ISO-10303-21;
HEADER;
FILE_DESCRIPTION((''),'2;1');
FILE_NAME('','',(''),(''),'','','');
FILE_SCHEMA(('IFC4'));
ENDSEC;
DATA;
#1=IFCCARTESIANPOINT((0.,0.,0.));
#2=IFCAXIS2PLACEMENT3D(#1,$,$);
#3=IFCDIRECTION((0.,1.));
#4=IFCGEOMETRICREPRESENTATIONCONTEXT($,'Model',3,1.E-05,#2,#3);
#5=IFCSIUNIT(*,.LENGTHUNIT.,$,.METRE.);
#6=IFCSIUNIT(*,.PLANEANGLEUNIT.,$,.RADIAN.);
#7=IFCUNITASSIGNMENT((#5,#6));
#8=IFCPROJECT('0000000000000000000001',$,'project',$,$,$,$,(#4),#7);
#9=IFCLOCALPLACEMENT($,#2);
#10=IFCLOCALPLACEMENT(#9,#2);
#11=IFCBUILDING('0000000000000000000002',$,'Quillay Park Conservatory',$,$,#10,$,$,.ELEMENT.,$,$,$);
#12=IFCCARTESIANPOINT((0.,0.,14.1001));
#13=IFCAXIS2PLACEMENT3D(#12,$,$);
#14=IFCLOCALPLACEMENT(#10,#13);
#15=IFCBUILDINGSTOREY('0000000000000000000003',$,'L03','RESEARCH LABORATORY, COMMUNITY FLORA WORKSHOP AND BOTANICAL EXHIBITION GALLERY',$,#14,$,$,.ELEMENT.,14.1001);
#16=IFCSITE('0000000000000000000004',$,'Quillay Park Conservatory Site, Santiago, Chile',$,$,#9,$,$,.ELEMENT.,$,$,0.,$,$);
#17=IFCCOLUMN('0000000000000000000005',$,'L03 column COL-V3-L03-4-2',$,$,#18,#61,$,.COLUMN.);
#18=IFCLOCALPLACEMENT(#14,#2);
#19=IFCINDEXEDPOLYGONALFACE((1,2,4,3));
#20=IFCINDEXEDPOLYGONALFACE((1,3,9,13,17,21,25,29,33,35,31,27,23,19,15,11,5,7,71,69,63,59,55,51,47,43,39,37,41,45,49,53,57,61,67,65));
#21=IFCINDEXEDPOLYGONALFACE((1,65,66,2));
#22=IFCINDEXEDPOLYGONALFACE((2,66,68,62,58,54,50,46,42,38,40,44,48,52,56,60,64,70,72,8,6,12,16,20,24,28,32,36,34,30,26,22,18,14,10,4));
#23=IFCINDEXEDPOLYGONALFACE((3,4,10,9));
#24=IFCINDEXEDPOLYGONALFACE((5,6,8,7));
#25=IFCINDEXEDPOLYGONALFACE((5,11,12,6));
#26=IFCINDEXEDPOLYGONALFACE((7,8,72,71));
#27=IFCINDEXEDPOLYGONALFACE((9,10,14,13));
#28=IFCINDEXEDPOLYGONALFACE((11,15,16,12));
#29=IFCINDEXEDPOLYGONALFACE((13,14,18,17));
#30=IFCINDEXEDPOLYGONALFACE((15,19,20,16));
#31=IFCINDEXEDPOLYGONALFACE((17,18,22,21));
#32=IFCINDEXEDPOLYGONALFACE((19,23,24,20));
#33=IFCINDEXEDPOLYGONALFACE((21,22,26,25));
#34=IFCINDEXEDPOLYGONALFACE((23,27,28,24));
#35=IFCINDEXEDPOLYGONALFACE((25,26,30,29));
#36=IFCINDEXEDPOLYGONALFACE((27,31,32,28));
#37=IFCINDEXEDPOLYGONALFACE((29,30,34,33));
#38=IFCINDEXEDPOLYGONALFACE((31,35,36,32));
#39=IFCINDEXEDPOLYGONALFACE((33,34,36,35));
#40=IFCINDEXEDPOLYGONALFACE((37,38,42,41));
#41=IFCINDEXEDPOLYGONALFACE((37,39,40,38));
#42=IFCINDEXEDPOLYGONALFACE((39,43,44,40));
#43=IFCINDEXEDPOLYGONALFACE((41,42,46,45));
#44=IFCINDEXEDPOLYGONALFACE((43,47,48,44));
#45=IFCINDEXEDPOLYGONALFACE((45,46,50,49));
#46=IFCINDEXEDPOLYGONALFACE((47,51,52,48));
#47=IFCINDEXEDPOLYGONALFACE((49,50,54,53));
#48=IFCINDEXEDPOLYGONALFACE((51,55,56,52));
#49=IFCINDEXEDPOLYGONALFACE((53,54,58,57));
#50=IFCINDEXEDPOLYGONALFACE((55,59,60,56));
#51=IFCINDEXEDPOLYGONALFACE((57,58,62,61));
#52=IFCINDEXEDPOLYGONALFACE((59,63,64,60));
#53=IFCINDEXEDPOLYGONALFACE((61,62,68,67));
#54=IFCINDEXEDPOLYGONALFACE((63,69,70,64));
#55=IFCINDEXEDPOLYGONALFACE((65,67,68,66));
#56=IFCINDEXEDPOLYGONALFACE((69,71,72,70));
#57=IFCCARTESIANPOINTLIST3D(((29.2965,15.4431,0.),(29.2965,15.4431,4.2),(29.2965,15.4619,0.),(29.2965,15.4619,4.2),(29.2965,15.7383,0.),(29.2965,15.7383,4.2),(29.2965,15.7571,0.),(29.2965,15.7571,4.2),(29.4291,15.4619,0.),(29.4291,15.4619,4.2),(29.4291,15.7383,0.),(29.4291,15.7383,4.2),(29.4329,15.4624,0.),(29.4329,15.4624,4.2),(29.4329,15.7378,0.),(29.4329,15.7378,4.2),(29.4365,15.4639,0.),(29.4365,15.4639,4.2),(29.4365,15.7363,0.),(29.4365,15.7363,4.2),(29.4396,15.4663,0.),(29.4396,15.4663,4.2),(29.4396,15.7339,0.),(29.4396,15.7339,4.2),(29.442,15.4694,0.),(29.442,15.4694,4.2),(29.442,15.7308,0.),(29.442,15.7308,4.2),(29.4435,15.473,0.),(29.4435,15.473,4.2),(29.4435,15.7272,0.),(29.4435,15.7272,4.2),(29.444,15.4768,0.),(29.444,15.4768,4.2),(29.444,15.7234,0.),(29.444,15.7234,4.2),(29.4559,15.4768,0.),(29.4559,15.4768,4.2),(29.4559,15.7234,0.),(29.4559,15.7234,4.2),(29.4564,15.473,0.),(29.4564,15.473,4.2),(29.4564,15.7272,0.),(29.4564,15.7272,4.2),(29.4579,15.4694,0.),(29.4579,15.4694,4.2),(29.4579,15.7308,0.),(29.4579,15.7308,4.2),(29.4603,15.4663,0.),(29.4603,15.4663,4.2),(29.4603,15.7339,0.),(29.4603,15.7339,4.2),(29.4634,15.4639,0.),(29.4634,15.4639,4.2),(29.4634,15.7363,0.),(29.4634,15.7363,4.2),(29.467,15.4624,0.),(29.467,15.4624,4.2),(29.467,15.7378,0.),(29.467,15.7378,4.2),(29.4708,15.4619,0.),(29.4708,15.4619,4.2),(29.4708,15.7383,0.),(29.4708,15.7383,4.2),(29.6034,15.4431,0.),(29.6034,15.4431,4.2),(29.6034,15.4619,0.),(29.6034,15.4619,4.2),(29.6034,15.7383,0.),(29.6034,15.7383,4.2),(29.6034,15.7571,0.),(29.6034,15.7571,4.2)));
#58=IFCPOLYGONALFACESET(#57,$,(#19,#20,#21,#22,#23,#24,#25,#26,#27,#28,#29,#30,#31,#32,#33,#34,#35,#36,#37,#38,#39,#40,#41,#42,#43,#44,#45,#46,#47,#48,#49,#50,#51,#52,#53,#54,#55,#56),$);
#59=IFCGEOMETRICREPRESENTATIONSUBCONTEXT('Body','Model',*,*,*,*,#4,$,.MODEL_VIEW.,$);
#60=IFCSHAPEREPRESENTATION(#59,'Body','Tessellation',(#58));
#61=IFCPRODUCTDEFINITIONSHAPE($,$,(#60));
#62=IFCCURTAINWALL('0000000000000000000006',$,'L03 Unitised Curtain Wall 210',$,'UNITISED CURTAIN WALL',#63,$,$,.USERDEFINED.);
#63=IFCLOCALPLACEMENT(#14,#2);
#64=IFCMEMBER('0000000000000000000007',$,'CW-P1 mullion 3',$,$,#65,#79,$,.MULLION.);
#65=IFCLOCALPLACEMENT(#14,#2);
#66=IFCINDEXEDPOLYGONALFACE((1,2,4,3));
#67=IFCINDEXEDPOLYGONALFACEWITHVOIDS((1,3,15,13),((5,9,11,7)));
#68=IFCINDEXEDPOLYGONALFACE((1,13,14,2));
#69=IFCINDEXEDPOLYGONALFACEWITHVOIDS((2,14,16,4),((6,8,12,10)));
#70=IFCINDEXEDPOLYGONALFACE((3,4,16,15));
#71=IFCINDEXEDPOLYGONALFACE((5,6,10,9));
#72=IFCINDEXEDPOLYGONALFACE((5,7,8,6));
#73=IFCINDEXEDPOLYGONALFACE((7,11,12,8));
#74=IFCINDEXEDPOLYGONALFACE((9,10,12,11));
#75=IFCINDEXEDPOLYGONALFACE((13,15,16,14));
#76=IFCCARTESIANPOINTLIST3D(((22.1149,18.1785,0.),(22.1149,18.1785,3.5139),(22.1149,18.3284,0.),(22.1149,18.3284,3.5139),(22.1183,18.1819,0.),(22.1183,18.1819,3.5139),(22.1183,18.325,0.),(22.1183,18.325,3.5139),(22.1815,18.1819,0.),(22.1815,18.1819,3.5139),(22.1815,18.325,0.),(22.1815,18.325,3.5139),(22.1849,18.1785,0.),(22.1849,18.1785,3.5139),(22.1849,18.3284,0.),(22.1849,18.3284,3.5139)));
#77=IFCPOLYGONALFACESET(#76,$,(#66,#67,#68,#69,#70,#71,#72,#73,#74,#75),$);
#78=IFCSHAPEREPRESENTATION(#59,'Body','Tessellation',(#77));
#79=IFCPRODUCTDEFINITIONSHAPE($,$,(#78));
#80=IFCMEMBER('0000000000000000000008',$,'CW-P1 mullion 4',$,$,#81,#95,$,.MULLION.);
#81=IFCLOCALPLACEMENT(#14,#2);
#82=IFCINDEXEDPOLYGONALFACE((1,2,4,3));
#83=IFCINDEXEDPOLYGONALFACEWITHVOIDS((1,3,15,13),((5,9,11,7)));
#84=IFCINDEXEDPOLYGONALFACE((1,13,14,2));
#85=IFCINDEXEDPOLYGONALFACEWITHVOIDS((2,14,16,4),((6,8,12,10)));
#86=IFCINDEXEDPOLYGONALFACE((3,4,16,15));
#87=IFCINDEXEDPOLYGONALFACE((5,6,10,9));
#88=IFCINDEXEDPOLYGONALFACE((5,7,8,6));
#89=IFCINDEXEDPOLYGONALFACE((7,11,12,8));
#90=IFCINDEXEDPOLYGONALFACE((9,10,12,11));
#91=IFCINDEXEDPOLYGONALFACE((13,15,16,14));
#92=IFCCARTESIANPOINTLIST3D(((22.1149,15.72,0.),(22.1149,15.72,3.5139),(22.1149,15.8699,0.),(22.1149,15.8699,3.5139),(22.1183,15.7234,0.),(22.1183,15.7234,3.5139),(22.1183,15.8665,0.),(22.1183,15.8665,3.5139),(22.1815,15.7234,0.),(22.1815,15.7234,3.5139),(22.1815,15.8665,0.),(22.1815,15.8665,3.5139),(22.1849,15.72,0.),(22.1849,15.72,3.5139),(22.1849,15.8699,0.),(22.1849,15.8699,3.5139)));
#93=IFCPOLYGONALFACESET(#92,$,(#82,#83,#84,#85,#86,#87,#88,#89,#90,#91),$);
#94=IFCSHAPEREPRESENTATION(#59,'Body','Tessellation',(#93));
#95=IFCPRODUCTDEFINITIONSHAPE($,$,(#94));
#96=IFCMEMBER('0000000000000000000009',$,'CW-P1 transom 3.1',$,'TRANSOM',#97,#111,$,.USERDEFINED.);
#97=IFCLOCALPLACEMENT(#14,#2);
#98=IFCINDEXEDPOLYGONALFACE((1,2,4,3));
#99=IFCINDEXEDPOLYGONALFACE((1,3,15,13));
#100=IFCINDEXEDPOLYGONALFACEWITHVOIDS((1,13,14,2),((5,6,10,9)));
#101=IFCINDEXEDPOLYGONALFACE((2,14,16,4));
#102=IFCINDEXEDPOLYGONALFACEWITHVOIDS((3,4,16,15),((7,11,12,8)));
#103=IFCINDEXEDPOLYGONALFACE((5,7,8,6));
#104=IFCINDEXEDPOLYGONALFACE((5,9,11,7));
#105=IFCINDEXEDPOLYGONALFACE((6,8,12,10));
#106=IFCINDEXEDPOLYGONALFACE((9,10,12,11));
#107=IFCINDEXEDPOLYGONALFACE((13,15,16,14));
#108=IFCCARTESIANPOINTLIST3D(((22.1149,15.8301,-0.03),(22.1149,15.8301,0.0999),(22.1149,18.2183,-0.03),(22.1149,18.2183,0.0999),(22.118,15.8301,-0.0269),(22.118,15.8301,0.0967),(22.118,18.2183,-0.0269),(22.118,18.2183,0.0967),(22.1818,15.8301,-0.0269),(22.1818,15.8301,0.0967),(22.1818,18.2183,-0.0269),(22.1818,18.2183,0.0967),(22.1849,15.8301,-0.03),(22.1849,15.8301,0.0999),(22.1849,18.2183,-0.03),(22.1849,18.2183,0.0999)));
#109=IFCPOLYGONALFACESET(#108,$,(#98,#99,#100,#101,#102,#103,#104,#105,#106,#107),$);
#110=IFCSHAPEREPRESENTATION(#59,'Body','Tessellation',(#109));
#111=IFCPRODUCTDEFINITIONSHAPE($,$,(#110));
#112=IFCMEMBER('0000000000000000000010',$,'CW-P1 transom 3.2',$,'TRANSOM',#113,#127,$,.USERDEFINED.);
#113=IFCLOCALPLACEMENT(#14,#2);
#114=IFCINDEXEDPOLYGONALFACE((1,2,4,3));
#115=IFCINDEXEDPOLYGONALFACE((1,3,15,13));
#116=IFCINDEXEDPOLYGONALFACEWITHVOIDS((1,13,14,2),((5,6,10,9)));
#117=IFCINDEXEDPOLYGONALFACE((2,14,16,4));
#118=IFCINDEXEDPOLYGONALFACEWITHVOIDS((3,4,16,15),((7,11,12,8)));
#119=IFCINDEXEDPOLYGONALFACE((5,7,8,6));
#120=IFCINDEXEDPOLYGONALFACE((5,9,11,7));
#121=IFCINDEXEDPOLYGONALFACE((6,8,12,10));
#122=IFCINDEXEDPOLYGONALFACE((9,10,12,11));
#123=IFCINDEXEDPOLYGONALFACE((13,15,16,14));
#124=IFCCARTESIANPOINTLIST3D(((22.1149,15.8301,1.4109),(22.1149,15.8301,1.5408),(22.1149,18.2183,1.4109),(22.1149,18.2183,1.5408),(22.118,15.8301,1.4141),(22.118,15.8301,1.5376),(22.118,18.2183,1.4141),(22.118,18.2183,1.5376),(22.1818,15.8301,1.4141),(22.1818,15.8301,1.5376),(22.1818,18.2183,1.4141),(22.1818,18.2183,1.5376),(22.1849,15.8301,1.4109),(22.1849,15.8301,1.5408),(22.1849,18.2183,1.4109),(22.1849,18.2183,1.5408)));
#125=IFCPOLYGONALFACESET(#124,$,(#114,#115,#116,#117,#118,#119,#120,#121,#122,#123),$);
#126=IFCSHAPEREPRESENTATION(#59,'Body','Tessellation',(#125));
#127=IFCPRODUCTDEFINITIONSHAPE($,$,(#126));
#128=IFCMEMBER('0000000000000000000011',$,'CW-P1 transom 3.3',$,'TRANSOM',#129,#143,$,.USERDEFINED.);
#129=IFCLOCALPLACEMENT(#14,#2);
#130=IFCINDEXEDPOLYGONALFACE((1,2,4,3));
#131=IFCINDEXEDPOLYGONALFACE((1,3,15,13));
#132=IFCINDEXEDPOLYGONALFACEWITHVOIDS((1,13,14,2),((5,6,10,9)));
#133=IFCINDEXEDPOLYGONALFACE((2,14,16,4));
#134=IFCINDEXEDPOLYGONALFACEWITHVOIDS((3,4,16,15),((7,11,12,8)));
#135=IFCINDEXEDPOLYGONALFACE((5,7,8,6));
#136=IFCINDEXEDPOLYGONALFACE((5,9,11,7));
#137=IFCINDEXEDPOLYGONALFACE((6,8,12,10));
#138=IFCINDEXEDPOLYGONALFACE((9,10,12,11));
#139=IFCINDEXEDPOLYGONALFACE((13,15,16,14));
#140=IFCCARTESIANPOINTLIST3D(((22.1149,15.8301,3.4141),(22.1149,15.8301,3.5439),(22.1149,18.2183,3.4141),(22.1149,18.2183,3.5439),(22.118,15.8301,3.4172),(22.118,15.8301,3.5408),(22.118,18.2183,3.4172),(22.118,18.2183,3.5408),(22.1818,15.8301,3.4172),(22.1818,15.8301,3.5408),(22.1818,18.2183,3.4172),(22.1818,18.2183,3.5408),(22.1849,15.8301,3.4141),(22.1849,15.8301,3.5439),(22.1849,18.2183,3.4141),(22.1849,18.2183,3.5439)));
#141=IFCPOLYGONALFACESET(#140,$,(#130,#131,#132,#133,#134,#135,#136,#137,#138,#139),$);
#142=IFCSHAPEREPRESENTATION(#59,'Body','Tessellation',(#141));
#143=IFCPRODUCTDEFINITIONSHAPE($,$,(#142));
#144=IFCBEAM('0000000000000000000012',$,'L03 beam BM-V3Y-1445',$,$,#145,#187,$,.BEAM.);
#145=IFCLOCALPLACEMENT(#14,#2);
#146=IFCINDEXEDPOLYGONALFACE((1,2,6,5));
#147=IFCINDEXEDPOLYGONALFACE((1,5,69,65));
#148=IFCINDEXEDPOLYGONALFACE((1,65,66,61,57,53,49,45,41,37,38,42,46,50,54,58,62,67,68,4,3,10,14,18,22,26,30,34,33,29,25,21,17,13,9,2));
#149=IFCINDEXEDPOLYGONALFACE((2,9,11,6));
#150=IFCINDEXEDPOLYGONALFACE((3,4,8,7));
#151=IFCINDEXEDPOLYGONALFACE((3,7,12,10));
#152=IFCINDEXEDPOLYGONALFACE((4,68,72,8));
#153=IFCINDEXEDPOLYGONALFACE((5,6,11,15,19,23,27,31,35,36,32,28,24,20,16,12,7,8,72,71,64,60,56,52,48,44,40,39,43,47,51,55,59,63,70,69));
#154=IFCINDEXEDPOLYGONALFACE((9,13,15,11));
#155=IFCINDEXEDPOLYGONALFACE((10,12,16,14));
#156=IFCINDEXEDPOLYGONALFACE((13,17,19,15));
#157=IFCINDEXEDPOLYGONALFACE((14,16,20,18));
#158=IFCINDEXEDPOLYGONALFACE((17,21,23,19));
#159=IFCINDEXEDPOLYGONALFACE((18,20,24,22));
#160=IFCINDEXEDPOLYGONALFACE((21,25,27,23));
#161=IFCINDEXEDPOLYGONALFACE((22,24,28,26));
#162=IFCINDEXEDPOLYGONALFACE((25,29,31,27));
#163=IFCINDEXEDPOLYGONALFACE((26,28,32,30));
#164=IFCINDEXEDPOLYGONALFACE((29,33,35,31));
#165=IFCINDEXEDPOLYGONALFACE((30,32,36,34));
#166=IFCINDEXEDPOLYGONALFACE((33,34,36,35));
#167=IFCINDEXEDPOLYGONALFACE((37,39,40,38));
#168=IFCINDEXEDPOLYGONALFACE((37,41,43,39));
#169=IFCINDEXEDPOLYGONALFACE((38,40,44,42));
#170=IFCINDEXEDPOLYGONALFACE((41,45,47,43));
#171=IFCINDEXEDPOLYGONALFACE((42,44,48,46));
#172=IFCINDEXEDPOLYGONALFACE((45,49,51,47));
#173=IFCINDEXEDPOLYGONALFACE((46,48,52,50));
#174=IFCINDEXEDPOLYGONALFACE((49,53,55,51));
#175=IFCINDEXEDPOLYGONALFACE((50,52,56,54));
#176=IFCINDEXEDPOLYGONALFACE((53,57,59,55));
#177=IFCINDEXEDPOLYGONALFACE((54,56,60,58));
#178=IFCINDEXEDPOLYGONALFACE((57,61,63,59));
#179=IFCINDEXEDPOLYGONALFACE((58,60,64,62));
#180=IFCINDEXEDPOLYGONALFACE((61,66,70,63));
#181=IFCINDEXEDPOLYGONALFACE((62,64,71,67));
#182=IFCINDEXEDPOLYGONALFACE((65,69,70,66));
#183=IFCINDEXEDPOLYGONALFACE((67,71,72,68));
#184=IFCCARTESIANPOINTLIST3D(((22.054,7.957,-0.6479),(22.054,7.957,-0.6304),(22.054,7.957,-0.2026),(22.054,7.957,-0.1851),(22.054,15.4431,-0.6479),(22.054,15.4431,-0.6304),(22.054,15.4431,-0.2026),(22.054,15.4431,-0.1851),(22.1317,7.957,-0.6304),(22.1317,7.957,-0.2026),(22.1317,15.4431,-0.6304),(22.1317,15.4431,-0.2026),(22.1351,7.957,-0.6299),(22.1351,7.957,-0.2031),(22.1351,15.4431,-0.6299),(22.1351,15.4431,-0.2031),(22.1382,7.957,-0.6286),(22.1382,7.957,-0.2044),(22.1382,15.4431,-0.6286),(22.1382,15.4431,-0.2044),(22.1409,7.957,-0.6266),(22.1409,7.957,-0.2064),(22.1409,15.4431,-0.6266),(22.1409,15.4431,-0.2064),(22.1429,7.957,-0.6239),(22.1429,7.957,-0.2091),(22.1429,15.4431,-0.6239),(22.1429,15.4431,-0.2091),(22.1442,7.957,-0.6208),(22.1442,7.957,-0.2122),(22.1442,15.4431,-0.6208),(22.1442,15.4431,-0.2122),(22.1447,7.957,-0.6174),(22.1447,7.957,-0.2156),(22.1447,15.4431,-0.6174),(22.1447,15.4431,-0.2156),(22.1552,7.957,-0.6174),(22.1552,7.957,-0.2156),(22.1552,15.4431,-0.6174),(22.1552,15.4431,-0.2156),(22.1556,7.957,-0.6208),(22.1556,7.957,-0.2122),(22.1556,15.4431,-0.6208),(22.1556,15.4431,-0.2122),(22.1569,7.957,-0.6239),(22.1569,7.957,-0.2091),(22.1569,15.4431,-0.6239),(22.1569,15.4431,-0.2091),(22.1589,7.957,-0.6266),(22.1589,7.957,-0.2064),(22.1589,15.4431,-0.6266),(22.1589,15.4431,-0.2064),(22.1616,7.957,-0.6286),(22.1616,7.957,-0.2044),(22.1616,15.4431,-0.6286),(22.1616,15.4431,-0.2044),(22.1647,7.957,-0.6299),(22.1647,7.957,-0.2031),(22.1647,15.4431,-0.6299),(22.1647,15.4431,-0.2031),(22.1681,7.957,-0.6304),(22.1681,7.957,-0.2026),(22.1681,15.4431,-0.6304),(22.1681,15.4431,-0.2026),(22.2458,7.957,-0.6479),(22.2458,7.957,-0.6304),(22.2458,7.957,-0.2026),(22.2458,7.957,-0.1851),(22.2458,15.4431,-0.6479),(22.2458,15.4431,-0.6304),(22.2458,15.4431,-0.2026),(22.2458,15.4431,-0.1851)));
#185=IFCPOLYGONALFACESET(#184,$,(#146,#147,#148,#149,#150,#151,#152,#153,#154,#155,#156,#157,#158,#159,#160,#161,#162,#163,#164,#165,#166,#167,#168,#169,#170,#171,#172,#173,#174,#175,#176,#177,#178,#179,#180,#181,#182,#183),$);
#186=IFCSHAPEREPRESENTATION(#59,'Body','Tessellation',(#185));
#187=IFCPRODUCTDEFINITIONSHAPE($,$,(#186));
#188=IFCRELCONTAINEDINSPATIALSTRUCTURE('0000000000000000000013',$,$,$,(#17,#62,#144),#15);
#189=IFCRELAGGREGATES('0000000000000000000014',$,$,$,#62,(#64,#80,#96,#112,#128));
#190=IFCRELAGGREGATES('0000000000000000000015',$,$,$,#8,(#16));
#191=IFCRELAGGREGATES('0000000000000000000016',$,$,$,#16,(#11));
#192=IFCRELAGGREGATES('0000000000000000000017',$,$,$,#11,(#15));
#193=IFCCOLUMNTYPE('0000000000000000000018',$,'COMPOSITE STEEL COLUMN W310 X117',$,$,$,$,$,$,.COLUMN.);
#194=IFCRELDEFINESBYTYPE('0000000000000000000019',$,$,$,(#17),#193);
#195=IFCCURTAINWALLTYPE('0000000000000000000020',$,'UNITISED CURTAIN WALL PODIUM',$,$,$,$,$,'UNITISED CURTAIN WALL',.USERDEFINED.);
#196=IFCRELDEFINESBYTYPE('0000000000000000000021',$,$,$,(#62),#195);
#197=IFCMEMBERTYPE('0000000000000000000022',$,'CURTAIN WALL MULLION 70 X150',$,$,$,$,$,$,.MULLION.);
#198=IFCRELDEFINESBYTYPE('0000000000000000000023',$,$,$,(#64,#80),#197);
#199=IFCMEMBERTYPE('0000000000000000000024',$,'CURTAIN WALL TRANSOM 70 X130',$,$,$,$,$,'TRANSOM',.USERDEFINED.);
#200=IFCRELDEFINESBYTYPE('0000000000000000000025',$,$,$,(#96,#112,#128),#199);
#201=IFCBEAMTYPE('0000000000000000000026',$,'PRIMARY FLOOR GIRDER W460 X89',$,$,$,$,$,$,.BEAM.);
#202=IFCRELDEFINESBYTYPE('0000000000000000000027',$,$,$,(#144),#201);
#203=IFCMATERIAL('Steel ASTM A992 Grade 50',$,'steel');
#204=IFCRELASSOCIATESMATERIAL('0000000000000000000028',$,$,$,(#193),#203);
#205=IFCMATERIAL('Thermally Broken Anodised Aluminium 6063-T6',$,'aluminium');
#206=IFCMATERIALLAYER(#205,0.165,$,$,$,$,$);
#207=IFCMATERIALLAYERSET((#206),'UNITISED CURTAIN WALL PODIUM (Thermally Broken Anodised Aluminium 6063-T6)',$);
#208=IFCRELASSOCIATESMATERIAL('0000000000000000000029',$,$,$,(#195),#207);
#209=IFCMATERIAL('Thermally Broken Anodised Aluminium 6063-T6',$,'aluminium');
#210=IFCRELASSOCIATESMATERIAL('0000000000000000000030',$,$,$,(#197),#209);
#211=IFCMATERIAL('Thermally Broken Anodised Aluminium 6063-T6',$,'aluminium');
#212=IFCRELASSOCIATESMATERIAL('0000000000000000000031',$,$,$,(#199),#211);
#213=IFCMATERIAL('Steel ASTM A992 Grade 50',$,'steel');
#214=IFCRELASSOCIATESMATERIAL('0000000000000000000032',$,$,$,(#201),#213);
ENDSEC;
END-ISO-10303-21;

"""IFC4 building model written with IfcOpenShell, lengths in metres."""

from ifc_helpers import new_model, si_unit, direction, frame, origin, origin_2d, place, context, subcontext, project, spatial, hollow_rectangle, i_section, extrude, material, layer, layer_set, material_profile, profile_set, type_object, element, aggregate, save


model = new_model("IFC4")

# Units and contexts
model_context = context("Model", 3, precision=1e-05, world=origin(), true_north=direction((0.0, 1.0)))
body_context = subcontext(model_context, "Body", "Model", "MODEL_VIEW")
ifc_project = project(units=[si_unit("LENGTHUNIT", "METRE"), si_unit("PLANEANGLEUNIT", "RADIAN")], contexts=[model_context])

# Site, building, storey
site_placement = place(None, origin())
site = spatial("IfcSite", under=ifc_project, at=site_placement, Name="Quillay Park Conservatory Site, Santiago, Chile", CompositionType="ELEMENT", RefElevation=0.0)
building_placement = place(site_placement, origin())
building = spatial("IfcBuilding", under=site, at=building_placement, Name="Quillay Park Conservatory", CompositionType="ELEMENT")
storey_placement = place(building_placement, frame((0.0, 0.0, 14.1001)))
storey = spatial("IfcBuildingStorey", under=building, at=storey_placement, Name="L03", Description="RESEARCH LABORATORY, COMMUNITY FLORA WORKSHOP AND BOTANICAL EXHIBITION GALLERY", CompositionType="ELEMENT", Elevation=14.1001)

# Column
ifc_material_1 = material(Name="Steel ASTM A992 Grade 50", Category="steel")
ifc_material_profile_1 = material_profile(ifc_material_1, i_section(OverallWidth=0.3069, OverallDepth=0.314, WebThickness=0.012, FlangeThickness=0.0188, FilletRadius=0.0149, at=origin_2d()), Name="W310x117")
ifc_profile_set_1 = profile_set([ifc_material_profile_1], Name="Steel ASTM A992 Grade 50")
column_type = type_object("IfcColumnType", Name="COMPOSITE STEEL COLUMN W310 X117", PredefinedType="COLUMN", material=ifc_profile_set_1)
for number, where, z_axis, x_axis, name in (
    (1, (29.45, 15.6001, 0.0), (0.0, 0.0, 1.0), (1.0, 0.0, 0.0), "L03 column COL-V3-L03-4-2"),
):
    element("IfcColumn", number, at=place(storey_placement, frame(where, z_axis=z_axis, x_axis=x_axis)), inside=storey, type_object=column_type, Name=name, PredefinedType="COLUMN", context=body_context, shape_type="SweptSolid", body=[
        extrude(i_section(OverallWidth=0.3069, OverallDepth=0.314, WebThickness=0.012, FlangeThickness=0.0188, FilletRadius=0.0149, at=origin_2d()), origin(), (0.0, 0.0, 1.0), 4.2),
    ])

# Curtain wall, members
ifc_material_2 = material(Name="Thermally Broken Anodised Aluminium 6063-T6", Category="aluminium")
ifc_layer_1 = layer(ifc_material_2, 0.165)
ifc_layer_set_1 = layer_set([ifc_layer_1], Name="UNITISED CURTAIN WALL PODIUM (Thermally Broken Anodised Aluminium 6063-T6)")
curtain_wall_type = type_object("IfcCurtainWallType", Name="UNITISED CURTAIN WALL PODIUM", ElementType="UNITISED CURTAIN WALL", PredefinedType="USERDEFINED", material=ifc_layer_set_1)
curtain_wall_placement = place(storey_placement, origin())
curtain_wall = element("IfcCurtainWall", 2, at=curtain_wall_placement, inside=storey, type_object=curtain_wall_type, Name="L03 Unitised Curtain Wall 210", ObjectType="UNITISED CURTAIN WALL", PredefinedType="USERDEFINED")
ifc_material_3 = material(Name="Thermally Broken Anodised Aluminium 6063-T6", Category="aluminium")
ifc_material_profile_2 = material_profile(ifc_material_3, hollow_rectangle(XDim=0.0701, YDim=0.1499, WallThickness=0.0034, at=origin_2d()), Name="AL70x150x3.5")
ifc_profile_set_2 = profile_set([ifc_material_profile_2], Name="Thermally Broken Anodised Aluminium 6063-T6")
member_type_1 = type_object("IfcMemberType", Name="CURTAIN WALL MULLION 70 X150", PredefinedType="MULLION", material=ifc_profile_set_2)
member_1_placement = place(storey_placement, frame((22.1499, 18.2534, 0.0), z_axis=(0.0, 0.0, 1.0), x_axis=(1.0, 0.0, 0.0)))
member_1 = element("IfcMember", 3, at=member_1_placement, type_object=member_type_1, Name="CW-P1 mullion 3", PredefinedType="MULLION", context=body_context, shape_type="SweptSolid", body=[
    extrude(hollow_rectangle(XDim=0.0701, YDim=0.1499, WallThickness=0.0034, at=origin_2d()), origin(), (0.0, 0.0, 1.0), 3.5139),
])
member_2_placement = place(storey_placement, frame((22.1499, 15.7949, 0.0), z_axis=(0.0, 0.0, 1.0), x_axis=(1.0, 0.0, 0.0)))
member_2 = element("IfcMember", 4, at=member_2_placement, type_object=member_type_1, Name="CW-P1 mullion 4", PredefinedType="MULLION", context=body_context, shape_type="SweptSolid", body=[
    extrude(hollow_rectangle(XDim=0.0701, YDim=0.1499, WallThickness=0.0034, at=origin_2d()), origin(), (0.0, 0.0, 1.0), 3.5139),
])
ifc_material_4 = material(Name="Thermally Broken Anodised Aluminium 6063-T6", Category="aluminium")
ifc_material_profile_3 = material_profile(ifc_material_4, hollow_rectangle(XDim=0.0701, YDim=0.1299, WallThickness=0.0032, at=origin_2d()), Name="AL70x130x3.2")
ifc_profile_set_3 = profile_set([ifc_material_profile_3], Name="Thermally Broken Anodised Aluminium 6063-T6")
member_type_2 = type_object("IfcMemberType", Name="CURTAIN WALL TRANSOM 70 X130", ElementType="TRANSOM", PredefinedType="USERDEFINED", material=ifc_profile_set_3)
member_3_placement = place(storey_placement, frame((22.1499, 18.2183, 0.0349), z_axis=(0.0, -1.0, 0.0), x_axis=(1.0, 0.0, 0.0)))
member_3 = element("IfcMember", 5, at=member_3_placement, type_object=member_type_2, Name="CW-P1 transom 3.1", ObjectType="TRANSOM", PredefinedType="USERDEFINED", context=body_context, shape_type="SweptSolid", body=[
    extrude(hollow_rectangle(XDim=0.0701, YDim=0.1299, WallThickness=0.0032, at=origin_2d()), origin(), (0.0, 0.0, 1.0), 2.3882),
])
member_4_placement = place(storey_placement, frame((22.1499, 18.2183, 1.4758), z_axis=(0.0, -1.0, 0.0), x_axis=(1.0, 0.0, 0.0)))
member_4 = element("IfcMember", 6, at=member_4_placement, type_object=member_type_2, Name="CW-P1 transom 3.2", ObjectType="TRANSOM", PredefinedType="USERDEFINED", context=body_context, shape_type="SweptSolid", body=[
    extrude(hollow_rectangle(XDim=0.0701, YDim=0.1299, WallThickness=0.0032, at=origin_2d()), origin(), (0.0, 0.0, 1.0), 2.3882),
])
member_5_placement = place(storey_placement, frame((22.1499, 18.2183, 3.479), z_axis=(0.0, -1.0, 0.0), x_axis=(1.0, 0.0, 0.0)))
member_5 = element("IfcMember", 7, at=member_5_placement, type_object=member_type_2, Name="CW-P1 transom 3.3", ObjectType="TRANSOM", PredefinedType="USERDEFINED", context=body_context, shape_type="SweptSolid", body=[
    extrude(hollow_rectangle(XDim=0.0701, YDim=0.1299, WallThickness=0.0032, at=origin_2d()), origin(), (0.0, 0.0, 1.0), 2.3882),
])

# Beam
ifc_material_5 = material(Name="Steel ASTM A992 Grade 50", Category="steel")
ifc_material_profile_4 = material_profile(ifc_material_5, i_section(OverallWidth=0.1919, OverallDepth=0.4629, WebThickness=0.0105, FlangeThickness=0.0176, FilletRadius=0.0129, at=origin_2d()), Name="W460x89")
ifc_profile_set_4 = profile_set([ifc_material_profile_4], Name="Steel ASTM A992 Grade 50")
beam_type_1 = type_object("IfcBeamType", Name="PRIMARY FLOOR GIRDER W460 X89", PredefinedType="BEAM", material=ifc_profile_set_4)
beam_1_placement = place(storey_placement, frame((22.1499, 7.957, -0.4165), z_axis=(0.0, 1.0, 0.0), x_axis=(-1.0, 0.0, 0.0)))
element("IfcBeam", 8, at=beam_1_placement, inside=storey, type_object=beam_type_1, Name="L03 beam BM-V3Y-1445", PredefinedType="BEAM", context=body_context, shape_type="SweptSolid", body=[
    extrude(i_section(OverallWidth=0.1919, OverallDepth=0.4629, WebThickness=0.0105, FlangeThickness=0.0176, FilletRadius=0.0129, at=origin_2d()), origin(), (0.0, 0.0, 1.0), 7.4861),
])

aggregate(curtain_wall, [member_1, member_2, member_3, member_4, member_5])

save(model, "model.ifc")
